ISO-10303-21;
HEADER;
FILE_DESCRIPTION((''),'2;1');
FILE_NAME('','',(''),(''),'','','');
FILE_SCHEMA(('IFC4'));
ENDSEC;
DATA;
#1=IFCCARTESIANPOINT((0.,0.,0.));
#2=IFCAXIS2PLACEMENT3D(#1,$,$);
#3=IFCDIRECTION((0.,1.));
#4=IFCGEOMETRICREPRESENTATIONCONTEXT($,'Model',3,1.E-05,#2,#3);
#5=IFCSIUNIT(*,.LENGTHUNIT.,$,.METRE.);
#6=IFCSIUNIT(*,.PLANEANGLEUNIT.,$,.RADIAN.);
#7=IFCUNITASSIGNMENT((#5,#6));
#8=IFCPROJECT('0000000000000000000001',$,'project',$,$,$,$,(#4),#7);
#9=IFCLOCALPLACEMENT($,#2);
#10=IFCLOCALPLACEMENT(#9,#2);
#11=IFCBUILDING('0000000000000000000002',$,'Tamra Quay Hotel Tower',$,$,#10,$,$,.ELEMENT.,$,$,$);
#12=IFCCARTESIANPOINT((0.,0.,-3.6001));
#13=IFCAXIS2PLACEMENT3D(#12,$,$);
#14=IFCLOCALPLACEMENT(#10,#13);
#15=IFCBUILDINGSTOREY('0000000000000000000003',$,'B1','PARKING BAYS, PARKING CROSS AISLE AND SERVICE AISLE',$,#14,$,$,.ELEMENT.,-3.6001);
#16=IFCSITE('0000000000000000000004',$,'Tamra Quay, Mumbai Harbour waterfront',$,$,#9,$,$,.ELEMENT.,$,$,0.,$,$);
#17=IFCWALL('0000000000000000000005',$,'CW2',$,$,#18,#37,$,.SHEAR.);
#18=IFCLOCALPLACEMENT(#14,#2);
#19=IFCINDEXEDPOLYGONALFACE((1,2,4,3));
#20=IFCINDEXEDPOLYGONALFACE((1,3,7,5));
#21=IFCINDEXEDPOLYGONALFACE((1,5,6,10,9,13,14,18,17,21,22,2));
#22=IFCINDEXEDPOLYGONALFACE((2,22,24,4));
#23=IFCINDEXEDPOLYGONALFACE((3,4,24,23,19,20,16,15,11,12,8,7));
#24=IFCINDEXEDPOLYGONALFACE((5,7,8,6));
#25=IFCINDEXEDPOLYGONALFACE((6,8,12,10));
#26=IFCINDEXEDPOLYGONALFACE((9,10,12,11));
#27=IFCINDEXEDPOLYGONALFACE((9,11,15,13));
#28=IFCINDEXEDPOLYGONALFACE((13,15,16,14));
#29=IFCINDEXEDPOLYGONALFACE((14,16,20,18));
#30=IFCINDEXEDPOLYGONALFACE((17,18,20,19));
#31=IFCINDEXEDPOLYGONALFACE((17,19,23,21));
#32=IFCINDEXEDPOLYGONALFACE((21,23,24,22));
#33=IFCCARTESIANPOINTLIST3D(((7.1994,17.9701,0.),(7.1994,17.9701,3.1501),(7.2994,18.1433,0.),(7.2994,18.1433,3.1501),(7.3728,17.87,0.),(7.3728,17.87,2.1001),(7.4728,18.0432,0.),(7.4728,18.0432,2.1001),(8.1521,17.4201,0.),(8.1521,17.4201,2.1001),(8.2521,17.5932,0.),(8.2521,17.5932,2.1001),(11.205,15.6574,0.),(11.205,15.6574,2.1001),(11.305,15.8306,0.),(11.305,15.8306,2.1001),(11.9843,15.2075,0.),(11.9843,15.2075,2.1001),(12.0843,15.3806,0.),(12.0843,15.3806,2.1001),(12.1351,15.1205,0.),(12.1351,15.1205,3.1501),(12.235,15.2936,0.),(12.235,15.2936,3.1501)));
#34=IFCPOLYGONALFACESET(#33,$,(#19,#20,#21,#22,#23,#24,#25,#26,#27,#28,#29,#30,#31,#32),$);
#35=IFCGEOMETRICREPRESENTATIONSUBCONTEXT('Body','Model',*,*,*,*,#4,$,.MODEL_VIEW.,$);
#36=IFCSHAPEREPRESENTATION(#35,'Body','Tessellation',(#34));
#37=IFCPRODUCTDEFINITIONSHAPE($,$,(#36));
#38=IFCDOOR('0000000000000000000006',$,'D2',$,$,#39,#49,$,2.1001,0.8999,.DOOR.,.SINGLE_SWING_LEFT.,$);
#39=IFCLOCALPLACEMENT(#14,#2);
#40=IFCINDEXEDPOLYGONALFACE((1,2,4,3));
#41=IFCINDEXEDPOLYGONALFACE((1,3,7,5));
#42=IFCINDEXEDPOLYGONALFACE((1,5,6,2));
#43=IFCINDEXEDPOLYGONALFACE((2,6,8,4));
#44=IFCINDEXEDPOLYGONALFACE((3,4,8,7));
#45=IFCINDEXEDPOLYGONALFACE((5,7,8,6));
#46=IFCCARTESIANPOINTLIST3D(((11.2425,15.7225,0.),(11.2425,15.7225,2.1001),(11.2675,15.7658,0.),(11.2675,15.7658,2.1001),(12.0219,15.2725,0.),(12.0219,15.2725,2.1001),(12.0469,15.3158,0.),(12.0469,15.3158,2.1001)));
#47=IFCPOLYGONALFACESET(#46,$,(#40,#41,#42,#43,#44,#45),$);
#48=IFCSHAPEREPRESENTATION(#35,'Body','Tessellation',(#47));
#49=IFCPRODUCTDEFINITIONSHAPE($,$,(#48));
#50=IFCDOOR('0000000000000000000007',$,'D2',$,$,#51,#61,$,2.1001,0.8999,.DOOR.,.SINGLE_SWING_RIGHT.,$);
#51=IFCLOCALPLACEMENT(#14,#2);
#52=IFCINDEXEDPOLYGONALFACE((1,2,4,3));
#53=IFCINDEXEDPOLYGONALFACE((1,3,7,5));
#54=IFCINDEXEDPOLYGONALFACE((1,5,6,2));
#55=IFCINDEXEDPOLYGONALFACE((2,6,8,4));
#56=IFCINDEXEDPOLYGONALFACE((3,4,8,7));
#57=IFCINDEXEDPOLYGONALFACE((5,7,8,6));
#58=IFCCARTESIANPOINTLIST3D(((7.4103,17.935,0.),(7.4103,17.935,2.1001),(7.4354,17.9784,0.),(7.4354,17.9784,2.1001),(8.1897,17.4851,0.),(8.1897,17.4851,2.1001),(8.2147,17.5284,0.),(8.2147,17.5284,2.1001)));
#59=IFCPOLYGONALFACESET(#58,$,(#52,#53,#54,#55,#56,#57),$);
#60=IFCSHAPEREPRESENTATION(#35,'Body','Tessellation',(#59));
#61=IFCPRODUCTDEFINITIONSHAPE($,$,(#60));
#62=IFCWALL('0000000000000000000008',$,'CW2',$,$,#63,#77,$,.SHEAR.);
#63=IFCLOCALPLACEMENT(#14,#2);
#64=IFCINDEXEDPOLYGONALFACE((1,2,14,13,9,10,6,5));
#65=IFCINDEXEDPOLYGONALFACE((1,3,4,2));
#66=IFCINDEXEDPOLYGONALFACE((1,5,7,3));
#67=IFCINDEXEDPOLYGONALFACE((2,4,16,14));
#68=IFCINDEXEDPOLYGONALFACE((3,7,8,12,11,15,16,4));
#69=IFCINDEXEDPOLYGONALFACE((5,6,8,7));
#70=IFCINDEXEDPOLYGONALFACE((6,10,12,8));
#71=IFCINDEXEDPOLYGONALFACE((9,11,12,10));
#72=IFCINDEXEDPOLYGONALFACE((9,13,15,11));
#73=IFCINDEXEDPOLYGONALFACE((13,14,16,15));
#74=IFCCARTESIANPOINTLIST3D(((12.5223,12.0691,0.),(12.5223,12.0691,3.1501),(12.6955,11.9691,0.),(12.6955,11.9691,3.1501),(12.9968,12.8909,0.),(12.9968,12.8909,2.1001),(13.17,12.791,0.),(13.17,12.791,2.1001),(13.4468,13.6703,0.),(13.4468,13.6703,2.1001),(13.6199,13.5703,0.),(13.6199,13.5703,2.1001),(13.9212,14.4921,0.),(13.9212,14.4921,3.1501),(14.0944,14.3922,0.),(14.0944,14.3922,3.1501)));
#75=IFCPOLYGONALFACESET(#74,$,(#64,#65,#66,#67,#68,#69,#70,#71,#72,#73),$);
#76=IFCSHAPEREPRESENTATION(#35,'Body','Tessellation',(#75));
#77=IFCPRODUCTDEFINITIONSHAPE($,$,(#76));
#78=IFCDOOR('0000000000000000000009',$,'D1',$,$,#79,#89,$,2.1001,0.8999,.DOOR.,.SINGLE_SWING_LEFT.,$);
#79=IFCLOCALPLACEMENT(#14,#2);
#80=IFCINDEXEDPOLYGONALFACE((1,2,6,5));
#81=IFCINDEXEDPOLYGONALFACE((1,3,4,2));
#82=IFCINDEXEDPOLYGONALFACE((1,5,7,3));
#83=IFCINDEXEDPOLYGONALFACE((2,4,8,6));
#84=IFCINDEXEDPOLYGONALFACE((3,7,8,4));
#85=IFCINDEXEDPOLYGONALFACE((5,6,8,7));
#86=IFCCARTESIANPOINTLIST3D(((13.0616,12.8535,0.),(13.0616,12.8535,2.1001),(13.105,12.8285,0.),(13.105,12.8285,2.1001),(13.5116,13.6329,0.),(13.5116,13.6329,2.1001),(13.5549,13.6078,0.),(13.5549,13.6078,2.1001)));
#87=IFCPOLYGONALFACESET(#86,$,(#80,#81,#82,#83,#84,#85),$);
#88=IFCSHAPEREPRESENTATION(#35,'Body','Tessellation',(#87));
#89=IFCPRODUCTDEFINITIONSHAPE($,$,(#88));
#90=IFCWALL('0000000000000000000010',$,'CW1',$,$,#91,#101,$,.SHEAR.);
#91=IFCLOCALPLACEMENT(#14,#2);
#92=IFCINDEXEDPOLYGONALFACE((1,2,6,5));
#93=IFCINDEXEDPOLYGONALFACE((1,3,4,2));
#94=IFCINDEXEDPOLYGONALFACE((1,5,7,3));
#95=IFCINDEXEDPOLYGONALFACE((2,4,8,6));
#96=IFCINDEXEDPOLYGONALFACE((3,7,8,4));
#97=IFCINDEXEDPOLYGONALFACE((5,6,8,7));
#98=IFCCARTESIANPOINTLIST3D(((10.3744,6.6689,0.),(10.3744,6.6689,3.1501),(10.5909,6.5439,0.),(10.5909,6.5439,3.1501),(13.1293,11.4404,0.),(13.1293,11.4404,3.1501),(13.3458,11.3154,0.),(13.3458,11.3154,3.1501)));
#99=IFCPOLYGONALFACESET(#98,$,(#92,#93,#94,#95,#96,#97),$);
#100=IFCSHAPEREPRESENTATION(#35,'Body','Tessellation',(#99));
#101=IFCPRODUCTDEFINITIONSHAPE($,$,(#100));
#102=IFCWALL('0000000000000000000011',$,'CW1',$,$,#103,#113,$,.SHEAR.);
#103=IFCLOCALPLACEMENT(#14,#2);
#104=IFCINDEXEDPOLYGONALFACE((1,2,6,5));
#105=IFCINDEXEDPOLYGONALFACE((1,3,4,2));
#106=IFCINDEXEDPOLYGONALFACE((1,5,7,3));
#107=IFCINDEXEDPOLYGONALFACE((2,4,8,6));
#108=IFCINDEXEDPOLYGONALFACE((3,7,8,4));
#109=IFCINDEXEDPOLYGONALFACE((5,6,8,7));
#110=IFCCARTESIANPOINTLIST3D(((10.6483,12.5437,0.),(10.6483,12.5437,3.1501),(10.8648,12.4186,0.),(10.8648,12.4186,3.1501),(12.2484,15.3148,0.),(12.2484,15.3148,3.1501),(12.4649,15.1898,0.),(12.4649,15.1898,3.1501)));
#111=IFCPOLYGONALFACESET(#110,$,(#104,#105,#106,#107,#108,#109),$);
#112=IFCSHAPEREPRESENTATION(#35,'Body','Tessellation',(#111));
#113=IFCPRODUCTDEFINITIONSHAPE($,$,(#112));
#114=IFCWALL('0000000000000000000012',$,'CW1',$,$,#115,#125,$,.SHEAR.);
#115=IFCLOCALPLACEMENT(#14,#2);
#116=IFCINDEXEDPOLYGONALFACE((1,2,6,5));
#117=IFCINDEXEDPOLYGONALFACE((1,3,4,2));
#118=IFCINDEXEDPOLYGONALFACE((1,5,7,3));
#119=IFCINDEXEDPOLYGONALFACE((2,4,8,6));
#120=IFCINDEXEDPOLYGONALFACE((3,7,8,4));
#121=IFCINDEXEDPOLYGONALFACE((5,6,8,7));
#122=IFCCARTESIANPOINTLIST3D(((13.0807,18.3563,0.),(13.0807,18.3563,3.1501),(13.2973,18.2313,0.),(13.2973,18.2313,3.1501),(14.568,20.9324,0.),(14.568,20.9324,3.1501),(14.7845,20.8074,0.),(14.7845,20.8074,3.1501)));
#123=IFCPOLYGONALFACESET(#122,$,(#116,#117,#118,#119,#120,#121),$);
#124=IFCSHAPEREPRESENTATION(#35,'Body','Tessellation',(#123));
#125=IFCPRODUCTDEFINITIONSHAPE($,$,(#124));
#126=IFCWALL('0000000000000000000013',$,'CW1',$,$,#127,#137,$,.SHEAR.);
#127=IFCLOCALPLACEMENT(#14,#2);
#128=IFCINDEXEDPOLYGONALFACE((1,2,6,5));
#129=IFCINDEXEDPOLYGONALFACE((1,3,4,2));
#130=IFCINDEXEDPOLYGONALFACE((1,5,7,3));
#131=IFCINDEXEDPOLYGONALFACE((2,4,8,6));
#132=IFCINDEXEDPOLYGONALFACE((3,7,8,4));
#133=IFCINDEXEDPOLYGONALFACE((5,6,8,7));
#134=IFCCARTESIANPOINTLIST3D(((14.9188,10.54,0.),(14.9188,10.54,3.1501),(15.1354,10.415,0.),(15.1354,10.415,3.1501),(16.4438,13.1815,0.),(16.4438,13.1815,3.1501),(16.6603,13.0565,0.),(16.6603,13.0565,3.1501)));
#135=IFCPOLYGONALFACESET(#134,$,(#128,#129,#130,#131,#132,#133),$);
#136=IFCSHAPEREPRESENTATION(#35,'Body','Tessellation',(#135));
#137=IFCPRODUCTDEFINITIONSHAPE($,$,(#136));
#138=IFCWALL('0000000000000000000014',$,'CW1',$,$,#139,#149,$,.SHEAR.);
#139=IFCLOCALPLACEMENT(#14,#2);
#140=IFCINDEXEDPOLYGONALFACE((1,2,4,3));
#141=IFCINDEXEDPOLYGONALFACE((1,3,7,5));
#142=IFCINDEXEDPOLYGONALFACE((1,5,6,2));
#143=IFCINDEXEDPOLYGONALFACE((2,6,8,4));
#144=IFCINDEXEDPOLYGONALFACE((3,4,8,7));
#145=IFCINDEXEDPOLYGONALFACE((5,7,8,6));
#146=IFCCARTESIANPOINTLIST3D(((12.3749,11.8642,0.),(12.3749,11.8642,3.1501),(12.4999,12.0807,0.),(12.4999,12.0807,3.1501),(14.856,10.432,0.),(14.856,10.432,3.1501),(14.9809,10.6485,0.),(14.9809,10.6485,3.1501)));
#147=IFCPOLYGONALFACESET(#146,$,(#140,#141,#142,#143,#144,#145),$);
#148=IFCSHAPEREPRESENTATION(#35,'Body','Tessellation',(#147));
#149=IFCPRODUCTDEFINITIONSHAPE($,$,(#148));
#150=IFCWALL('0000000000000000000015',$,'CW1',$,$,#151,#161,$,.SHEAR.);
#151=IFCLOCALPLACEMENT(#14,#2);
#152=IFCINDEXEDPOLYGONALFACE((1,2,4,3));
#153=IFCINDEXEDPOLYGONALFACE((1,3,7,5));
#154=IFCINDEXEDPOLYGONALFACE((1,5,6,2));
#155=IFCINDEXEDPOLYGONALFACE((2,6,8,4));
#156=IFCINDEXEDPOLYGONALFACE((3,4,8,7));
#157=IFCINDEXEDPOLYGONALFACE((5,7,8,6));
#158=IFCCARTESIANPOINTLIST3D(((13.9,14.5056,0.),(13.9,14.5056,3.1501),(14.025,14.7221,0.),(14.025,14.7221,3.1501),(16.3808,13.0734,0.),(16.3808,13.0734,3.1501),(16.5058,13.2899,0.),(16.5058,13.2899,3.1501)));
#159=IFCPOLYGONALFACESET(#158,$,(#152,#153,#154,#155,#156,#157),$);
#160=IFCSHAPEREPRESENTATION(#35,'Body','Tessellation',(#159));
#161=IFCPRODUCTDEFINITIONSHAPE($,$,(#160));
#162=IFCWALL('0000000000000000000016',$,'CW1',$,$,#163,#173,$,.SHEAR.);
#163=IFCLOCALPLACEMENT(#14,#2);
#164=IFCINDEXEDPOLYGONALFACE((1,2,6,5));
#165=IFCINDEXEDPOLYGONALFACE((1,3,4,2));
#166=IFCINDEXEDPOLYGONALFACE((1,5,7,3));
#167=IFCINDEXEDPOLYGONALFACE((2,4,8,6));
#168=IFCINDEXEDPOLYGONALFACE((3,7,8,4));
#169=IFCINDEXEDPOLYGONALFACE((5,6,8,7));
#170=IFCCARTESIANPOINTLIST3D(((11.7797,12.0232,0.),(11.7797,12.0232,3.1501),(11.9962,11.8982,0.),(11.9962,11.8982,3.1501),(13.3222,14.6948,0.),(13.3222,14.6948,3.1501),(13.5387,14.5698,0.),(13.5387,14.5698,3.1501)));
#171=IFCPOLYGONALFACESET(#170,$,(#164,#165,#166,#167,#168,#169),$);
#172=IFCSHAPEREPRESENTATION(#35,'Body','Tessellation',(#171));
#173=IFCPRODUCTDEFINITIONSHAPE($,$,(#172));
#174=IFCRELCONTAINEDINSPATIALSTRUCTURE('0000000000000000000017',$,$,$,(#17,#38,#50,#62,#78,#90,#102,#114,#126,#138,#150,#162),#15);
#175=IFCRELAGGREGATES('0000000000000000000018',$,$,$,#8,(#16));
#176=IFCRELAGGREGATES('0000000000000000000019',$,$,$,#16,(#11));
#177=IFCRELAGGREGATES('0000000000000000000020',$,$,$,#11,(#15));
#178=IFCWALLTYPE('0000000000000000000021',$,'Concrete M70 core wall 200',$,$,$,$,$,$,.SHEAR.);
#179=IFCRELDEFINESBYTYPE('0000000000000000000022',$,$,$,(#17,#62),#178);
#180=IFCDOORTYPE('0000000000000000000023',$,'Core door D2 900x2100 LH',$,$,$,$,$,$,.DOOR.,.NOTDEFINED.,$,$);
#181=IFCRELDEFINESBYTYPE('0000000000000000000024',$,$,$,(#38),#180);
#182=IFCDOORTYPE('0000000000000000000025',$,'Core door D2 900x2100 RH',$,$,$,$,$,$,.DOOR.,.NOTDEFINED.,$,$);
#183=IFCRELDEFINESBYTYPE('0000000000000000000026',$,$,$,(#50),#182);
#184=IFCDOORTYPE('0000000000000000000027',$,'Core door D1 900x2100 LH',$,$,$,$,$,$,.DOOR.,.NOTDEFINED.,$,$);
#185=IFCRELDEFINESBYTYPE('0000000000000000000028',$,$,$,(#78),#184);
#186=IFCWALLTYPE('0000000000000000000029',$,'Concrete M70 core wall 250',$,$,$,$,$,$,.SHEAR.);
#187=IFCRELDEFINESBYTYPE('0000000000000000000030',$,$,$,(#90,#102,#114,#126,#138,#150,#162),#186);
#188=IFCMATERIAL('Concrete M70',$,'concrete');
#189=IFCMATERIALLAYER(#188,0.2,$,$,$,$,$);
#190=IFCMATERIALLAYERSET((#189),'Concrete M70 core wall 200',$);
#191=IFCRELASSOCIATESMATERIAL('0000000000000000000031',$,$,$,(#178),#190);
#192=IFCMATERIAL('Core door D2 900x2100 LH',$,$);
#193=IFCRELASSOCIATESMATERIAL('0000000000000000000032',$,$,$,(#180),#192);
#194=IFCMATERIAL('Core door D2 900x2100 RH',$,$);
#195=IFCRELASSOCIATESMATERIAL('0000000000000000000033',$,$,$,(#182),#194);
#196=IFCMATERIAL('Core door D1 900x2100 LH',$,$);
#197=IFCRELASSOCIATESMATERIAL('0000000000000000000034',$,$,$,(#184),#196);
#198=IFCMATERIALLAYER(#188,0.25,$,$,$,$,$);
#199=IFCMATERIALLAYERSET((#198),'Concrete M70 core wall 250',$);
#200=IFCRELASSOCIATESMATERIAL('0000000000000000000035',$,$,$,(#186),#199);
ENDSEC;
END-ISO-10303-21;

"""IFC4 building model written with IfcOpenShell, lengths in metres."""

from ifc_helpers import new_model, si_unit, direction, frame, frame_2d, origin, place, context, subcontext, project, spatial, rectangle, extrude, material, layer, layer_set, type_object, element, fill, save


model = new_model("IFC4")

# Units and contexts
model_context = context("Model", 3, precision=1e-05, world=origin(), true_north=direction((0.0, 1.0)))
body_context = subcontext(model_context, "Body", "Model", "MODEL_VIEW")
ifc_project = project(units=[si_unit("LENGTHUNIT", "METRE"), si_unit("PLANEANGLEUNIT", "RADIAN")], contexts=[model_context])

# Site, building, storey
site_placement = place(None, origin())
site = spatial("IfcSite", under=ifc_project, at=site_placement, Name="Tamra Quay, Mumbai Harbour waterfront", CompositionType="ELEMENT", RefElevation=0.0)
building_placement = place(site_placement, origin())
building = spatial("IfcBuilding", under=site, at=building_placement, Name="Tamra Quay Hotel Tower", CompositionType="ELEMENT")
storey_placement = place(building_placement, frame((0.0, 0.0, -3.6001)))
storey = spatial("IfcBuildingStorey", under=building, at=storey_placement, Name="B1", Description="PARKING BAYS, PARKING CROSS AISLE AND SERVICE AISLE", CompositionType="ELEMENT", Elevation=-3.6001)

# Shared definitions
ifc_material_1 = material(Name="Concrete M70", Category="concrete")

# Shared definitions
ifc_layer_1 = layer(ifc_material_1, 0.2)
ifc_layer_set_1 = layer_set([ifc_layer_1], Name="Concrete M70 core wall 200")
wall_type_1 = type_object("IfcWallType", Name="Concrete M70 core wall 200", PredefinedType="SHEAR", material=ifc_layer_set_1)

# Wall, openings, doors
wall_1_placement = place(storey_placement, frame((12.1851, 15.207, 0.0), z_axis=(0.0, 0.0, 1.0), x_axis=(-0.86602, 0.500009, 0.0)))
wall_1 = element("IfcWall", 1, at=wall_1_placement, inside=storey, type_object=wall_type_1, Name="CW2", PredefinedType="SHEAR", context=body_context, shape_type="SweptSolid", body=[
    extrude(rectangle(XDim=5.6992, YDim=0.2, at=frame_2d((2.8496, 0.0))), origin(), (0.0, 0.0, 1.0), 3.1501),
])
opening_1_placement = place(wall_1_placement, frame((0.1741, 0.0, 0.0)))
opening_1 = element("IfcOpeningElement", 2, at=opening_1_placement, cuts=wall_1, PredefinedType="OPENING", context=body_context, shape_type="SweptSolid", body=[
    extrude(rectangle(XDim=0.8999, YDim=2.1001, at=frame_2d((0.45, 1.05))), frame((0.0, 0.1099, 0.0), z_axis=(0.0, -1.0, 0.0), x_axis=(1.0, 0.0, 0.0)), (0.0, 0.0, 1.0), 0.22),
])
opening_2_placement = place(wall_1_placement, frame((4.5991, 0.0, 0.0)))
opening_2 = element("IfcOpeningElement", 3, at=opening_2_placement, cuts=wall_1, PredefinedType="OPENING", context=body_context, shape_type="SweptSolid", body=[
    extrude(rectangle(XDim=0.8999, YDim=2.1001, at=frame_2d((0.45, 1.05))), frame((0.0, 0.1099, 0.0), z_axis=(0.0, -1.0, 0.0), x_axis=(1.0, 0.0, 0.0)), (0.0, 0.0, 1.0), 0.22),
])
ifc_material_2 = material(Name="Core door D2 900x2100 LH")
door_type_1 = type_object("IfcDoorType", Name="Core door D2 900x2100 LH", OperationType="NOTDEFINED", PredefinedType="DOOR", material=ifc_material_2)
door_1_placement = place(opening_1_placement, origin())
door_1 = element("IfcDoor", 4, at=door_1_placement, inside=storey, type_object=door_type_1, Name="D2", OperationType="SINGLE_SWING_LEFT", OverallHeight=2.1001, OverallWidth=0.8999, PredefinedType="DOOR", context=body_context, shape_type="SweptSolid", body=[
    extrude(rectangle(XDim=0.8999, YDim=2.1001, at=frame_2d((0.45, 1.05))), frame((0.0, 0.0249, 0.0), z_axis=(0.0, -1.0, 0.0), x_axis=(1.0, 0.0, 0.0)), (0.0, 0.0, 1.0), 0.05),
])
fill(opening_1, door_1)
ifc_material_3 = material(Name="Core door D2 900x2100 RH")
door_type_2 = type_object("IfcDoorType", Name="Core door D2 900x2100 RH", OperationType="NOTDEFINED", PredefinedType="DOOR", material=ifc_material_3)
door_2_placement = place(opening_2_placement, origin())
door_2 = element("IfcDoor", 5, at=door_2_placement, inside=storey, type_object=door_type_2, Name="D2", OperationType="SINGLE_SWING_RIGHT", OverallHeight=2.1001, OverallWidth=0.8999, PredefinedType="DOOR", context=body_context, shape_type="SweptSolid", body=[
    extrude(rectangle(XDim=0.8999, YDim=2.1001, at=frame_2d((0.45, 1.05))), frame((0.0, 0.0249, 0.0), z_axis=(0.0, -1.0, 0.0), x_axis=(1.0, 0.0, 0.0)), (0.0, 0.0, 1.0), 0.05),
])
fill(opening_2, door_2)

# Wall, opening, door
wall_2_placement = place(storey_placement, frame((14.0078, 14.4421, 0.0), z_axis=(0.0, 0.0, 1.0), x_axis=(-0.499987, -0.866033, 0.0)))
wall_2 = element("IfcWall", 6, at=wall_2_placement, inside=storey, type_object=wall_type_1, Name="CW2", PredefinedType="SHEAR", context=body_context, shape_type="SweptSolid", body=[
    extrude(rectangle(XDim=2.7979, YDim=0.2, at=frame_2d((1.3989, 0.0))), origin(), (0.0, 0.0, 1.0), 3.1501),
])
opening_3_placement = place(wall_2_placement, frame((0.949, 0.0, 0.0)))
opening_3 = element("IfcOpeningElement", 7, at=opening_3_placement, cuts=wall_2, PredefinedType="OPENING", context=body_context, shape_type="SweptSolid", body=[
    extrude(rectangle(XDim=0.8999, YDim=2.1001, at=frame_2d((0.45, 1.05))), frame((0.0, 0.1099, 0.0), z_axis=(0.0, -1.0, 0.0), x_axis=(1.0, 0.0, 0.0)), (0.0, 0.0, 1.0), 0.22),
])
ifc_material_4 = material(Name="Core door D1 900x2100 LH")
door_type_3 = type_object("IfcDoorType", Name="Core door D1 900x2100 LH", OperationType="NOTDEFINED", PredefinedType="DOOR", material=ifc_material_4)
door_3_placement = place(opening_3_placement, origin())
door_3 = element("IfcDoor", 8, at=door_3_placement, inside=storey, type_object=door_type_3, Name="D1", OperationType="SINGLE_SWING_LEFT", OverallHeight=2.1001, OverallWidth=0.8999, PredefinedType="DOOR", context=body_context, shape_type="SweptSolid", body=[
    extrude(rectangle(XDim=0.8999, YDim=2.1001, at=frame_2d((0.45, 1.05))), frame((0.0, 0.0249, 0.0), z_axis=(0.0, -1.0, 0.0), x_axis=(1.0, 0.0, 0.0)), (0.0, 0.0, 1.0), 0.05),
])
fill(opening_3, door_3)

# Walls
ifc_layer_2 = layer(ifc_material_1, 0.25)
ifc_layer_set_2 = layer_set([ifc_layer_2], Name="Concrete M70 core wall 250")
wall_type_2 = type_object("IfcWallType", Name="Concrete M70 core wall 250", PredefinedType="SHEAR", material=ifc_layer_set_2)
wall_3_placement = place(storey_placement, frame((13.2375, 11.3779, 0.0), z_axis=(0.0, 0.0, 1.0), x_axis=(-0.500009, -0.86602, 0.0)))
element("IfcWall", 9, at=wall_3_placement, inside=storey, type_object=wall_type_2, Name="CW1", PredefinedType="SHEAR", context=body_context, shape_type="SweptSolid", body=[
    extrude(rectangle(XDim=5.5098, YDim=0.25, at=frame_2d((2.7549, 0.0))), origin(), (0.0, 0.0, 1.0), 3.1501),
])
wall_4_placement = place(storey_placement, frame((12.3567, 15.2524, 0.0), z_axis=(0.0, 0.0, 1.0), x_axis=(-0.500028, -0.866009, 0.0)))
element("IfcWall", 10, at=wall_4_placement, inside=storey, type_object=wall_type_2, Name="CW1", PredefinedType="SHEAR", context=body_context, shape_type="SweptSolid", body=[
    extrude(rectangle(XDim=3.2, YDim=0.25, at=frame_2d((1.6001, 0.0))), origin(), (0.0, 0.0, 1.0), 3.1501),
])
wall_5_placement = place(storey_placement, frame((14.6763, 20.8699, 0.0), z_axis=(0.0, 0.0, 1.0), x_axis=(-0.499988, -0.866033, 0.0)))
element("IfcWall", 11, at=wall_5_placement, inside=storey, type_object=wall_type_2, Name="CW1", PredefinedType="SHEAR", context=body_context, shape_type="SweptSolid", body=[
    extrude(rectangle(XDim=2.9746, YDim=0.25, at=frame_2d((1.4873, 0.0))), origin(), (0.0, 0.0, 1.0), 3.1501),
])
wall_6_placement = place(storey_placement, frame((16.552, 13.1189, 0.0), z_axis=(0.0, 0.0, 1.0), x_axis=(-0.499979, -0.866038, 0.0)))
element("IfcWall", 12, at=wall_6_placement, inside=storey, type_object=wall_type_2, Name="CW1", PredefinedType="SHEAR", context=body_context, shape_type="SweptSolid", body=[
    extrude(rectangle(XDim=3.05, YDim=0.25, at=frame_2d((1.5249, 0.0))), origin(), (0.0, 0.0, 1.0), 3.1501),
])
wall_7_placement = place(storey_placement, frame((14.9185, 10.5403, 0.0), z_axis=(0.0, 0.0, 1.0), x_axis=(-0.866064, 0.499934, 0.0)))
element("IfcWall", 13, at=wall_7_placement, inside=storey, type_object=wall_type_2, Name="CW1", PredefinedType="SHEAR", context=body_context, shape_type="SweptSolid", body=[
    extrude(rectangle(XDim=2.8647, YDim=0.25, at=frame_2d((1.4324, 0.0))), origin(), (0.0, 0.0, 1.0), 3.1501),
])
wall_8_placement = place(storey_placement, frame((13.9626, 14.6138, 0.0), z_axis=(0.0, 0.0, 1.0), x_axis=(0.866042, -0.499971, 0.0)))
element("IfcWall", 14, at=wall_8_placement, inside=storey, type_object=wall_type_2, Name="CW1", PredefinedType="SHEAR", context=body_context, shape_type="SweptSolid", body=[
    extrude(rectangle(XDim=2.8645, YDim=0.25, at=frame_2d((1.4321, 0.0))), origin(), (0.0, 0.0, 1.0), 3.1501),
])
wall_9_placement = place(storey_placement, frame((11.8879, 11.9607, 0.0), z_axis=(0.0, 0.0, 1.0), x_axis=(0.500003, 0.866023, 0.0)))
element("IfcWall", 15, at=wall_9_placement, inside=storey, type_object=wall_type_2, Name="CW1", PredefinedType="SHEAR", context=body_context, shape_type="SweptSolid", body=[
    extrude(rectangle(XDim=3.085, YDim=0.25, at=frame_2d((1.5425, 0.0))), origin(), (0.0, 0.0, 1.0), 3.1501),
])

save(model, "model.ifc")
